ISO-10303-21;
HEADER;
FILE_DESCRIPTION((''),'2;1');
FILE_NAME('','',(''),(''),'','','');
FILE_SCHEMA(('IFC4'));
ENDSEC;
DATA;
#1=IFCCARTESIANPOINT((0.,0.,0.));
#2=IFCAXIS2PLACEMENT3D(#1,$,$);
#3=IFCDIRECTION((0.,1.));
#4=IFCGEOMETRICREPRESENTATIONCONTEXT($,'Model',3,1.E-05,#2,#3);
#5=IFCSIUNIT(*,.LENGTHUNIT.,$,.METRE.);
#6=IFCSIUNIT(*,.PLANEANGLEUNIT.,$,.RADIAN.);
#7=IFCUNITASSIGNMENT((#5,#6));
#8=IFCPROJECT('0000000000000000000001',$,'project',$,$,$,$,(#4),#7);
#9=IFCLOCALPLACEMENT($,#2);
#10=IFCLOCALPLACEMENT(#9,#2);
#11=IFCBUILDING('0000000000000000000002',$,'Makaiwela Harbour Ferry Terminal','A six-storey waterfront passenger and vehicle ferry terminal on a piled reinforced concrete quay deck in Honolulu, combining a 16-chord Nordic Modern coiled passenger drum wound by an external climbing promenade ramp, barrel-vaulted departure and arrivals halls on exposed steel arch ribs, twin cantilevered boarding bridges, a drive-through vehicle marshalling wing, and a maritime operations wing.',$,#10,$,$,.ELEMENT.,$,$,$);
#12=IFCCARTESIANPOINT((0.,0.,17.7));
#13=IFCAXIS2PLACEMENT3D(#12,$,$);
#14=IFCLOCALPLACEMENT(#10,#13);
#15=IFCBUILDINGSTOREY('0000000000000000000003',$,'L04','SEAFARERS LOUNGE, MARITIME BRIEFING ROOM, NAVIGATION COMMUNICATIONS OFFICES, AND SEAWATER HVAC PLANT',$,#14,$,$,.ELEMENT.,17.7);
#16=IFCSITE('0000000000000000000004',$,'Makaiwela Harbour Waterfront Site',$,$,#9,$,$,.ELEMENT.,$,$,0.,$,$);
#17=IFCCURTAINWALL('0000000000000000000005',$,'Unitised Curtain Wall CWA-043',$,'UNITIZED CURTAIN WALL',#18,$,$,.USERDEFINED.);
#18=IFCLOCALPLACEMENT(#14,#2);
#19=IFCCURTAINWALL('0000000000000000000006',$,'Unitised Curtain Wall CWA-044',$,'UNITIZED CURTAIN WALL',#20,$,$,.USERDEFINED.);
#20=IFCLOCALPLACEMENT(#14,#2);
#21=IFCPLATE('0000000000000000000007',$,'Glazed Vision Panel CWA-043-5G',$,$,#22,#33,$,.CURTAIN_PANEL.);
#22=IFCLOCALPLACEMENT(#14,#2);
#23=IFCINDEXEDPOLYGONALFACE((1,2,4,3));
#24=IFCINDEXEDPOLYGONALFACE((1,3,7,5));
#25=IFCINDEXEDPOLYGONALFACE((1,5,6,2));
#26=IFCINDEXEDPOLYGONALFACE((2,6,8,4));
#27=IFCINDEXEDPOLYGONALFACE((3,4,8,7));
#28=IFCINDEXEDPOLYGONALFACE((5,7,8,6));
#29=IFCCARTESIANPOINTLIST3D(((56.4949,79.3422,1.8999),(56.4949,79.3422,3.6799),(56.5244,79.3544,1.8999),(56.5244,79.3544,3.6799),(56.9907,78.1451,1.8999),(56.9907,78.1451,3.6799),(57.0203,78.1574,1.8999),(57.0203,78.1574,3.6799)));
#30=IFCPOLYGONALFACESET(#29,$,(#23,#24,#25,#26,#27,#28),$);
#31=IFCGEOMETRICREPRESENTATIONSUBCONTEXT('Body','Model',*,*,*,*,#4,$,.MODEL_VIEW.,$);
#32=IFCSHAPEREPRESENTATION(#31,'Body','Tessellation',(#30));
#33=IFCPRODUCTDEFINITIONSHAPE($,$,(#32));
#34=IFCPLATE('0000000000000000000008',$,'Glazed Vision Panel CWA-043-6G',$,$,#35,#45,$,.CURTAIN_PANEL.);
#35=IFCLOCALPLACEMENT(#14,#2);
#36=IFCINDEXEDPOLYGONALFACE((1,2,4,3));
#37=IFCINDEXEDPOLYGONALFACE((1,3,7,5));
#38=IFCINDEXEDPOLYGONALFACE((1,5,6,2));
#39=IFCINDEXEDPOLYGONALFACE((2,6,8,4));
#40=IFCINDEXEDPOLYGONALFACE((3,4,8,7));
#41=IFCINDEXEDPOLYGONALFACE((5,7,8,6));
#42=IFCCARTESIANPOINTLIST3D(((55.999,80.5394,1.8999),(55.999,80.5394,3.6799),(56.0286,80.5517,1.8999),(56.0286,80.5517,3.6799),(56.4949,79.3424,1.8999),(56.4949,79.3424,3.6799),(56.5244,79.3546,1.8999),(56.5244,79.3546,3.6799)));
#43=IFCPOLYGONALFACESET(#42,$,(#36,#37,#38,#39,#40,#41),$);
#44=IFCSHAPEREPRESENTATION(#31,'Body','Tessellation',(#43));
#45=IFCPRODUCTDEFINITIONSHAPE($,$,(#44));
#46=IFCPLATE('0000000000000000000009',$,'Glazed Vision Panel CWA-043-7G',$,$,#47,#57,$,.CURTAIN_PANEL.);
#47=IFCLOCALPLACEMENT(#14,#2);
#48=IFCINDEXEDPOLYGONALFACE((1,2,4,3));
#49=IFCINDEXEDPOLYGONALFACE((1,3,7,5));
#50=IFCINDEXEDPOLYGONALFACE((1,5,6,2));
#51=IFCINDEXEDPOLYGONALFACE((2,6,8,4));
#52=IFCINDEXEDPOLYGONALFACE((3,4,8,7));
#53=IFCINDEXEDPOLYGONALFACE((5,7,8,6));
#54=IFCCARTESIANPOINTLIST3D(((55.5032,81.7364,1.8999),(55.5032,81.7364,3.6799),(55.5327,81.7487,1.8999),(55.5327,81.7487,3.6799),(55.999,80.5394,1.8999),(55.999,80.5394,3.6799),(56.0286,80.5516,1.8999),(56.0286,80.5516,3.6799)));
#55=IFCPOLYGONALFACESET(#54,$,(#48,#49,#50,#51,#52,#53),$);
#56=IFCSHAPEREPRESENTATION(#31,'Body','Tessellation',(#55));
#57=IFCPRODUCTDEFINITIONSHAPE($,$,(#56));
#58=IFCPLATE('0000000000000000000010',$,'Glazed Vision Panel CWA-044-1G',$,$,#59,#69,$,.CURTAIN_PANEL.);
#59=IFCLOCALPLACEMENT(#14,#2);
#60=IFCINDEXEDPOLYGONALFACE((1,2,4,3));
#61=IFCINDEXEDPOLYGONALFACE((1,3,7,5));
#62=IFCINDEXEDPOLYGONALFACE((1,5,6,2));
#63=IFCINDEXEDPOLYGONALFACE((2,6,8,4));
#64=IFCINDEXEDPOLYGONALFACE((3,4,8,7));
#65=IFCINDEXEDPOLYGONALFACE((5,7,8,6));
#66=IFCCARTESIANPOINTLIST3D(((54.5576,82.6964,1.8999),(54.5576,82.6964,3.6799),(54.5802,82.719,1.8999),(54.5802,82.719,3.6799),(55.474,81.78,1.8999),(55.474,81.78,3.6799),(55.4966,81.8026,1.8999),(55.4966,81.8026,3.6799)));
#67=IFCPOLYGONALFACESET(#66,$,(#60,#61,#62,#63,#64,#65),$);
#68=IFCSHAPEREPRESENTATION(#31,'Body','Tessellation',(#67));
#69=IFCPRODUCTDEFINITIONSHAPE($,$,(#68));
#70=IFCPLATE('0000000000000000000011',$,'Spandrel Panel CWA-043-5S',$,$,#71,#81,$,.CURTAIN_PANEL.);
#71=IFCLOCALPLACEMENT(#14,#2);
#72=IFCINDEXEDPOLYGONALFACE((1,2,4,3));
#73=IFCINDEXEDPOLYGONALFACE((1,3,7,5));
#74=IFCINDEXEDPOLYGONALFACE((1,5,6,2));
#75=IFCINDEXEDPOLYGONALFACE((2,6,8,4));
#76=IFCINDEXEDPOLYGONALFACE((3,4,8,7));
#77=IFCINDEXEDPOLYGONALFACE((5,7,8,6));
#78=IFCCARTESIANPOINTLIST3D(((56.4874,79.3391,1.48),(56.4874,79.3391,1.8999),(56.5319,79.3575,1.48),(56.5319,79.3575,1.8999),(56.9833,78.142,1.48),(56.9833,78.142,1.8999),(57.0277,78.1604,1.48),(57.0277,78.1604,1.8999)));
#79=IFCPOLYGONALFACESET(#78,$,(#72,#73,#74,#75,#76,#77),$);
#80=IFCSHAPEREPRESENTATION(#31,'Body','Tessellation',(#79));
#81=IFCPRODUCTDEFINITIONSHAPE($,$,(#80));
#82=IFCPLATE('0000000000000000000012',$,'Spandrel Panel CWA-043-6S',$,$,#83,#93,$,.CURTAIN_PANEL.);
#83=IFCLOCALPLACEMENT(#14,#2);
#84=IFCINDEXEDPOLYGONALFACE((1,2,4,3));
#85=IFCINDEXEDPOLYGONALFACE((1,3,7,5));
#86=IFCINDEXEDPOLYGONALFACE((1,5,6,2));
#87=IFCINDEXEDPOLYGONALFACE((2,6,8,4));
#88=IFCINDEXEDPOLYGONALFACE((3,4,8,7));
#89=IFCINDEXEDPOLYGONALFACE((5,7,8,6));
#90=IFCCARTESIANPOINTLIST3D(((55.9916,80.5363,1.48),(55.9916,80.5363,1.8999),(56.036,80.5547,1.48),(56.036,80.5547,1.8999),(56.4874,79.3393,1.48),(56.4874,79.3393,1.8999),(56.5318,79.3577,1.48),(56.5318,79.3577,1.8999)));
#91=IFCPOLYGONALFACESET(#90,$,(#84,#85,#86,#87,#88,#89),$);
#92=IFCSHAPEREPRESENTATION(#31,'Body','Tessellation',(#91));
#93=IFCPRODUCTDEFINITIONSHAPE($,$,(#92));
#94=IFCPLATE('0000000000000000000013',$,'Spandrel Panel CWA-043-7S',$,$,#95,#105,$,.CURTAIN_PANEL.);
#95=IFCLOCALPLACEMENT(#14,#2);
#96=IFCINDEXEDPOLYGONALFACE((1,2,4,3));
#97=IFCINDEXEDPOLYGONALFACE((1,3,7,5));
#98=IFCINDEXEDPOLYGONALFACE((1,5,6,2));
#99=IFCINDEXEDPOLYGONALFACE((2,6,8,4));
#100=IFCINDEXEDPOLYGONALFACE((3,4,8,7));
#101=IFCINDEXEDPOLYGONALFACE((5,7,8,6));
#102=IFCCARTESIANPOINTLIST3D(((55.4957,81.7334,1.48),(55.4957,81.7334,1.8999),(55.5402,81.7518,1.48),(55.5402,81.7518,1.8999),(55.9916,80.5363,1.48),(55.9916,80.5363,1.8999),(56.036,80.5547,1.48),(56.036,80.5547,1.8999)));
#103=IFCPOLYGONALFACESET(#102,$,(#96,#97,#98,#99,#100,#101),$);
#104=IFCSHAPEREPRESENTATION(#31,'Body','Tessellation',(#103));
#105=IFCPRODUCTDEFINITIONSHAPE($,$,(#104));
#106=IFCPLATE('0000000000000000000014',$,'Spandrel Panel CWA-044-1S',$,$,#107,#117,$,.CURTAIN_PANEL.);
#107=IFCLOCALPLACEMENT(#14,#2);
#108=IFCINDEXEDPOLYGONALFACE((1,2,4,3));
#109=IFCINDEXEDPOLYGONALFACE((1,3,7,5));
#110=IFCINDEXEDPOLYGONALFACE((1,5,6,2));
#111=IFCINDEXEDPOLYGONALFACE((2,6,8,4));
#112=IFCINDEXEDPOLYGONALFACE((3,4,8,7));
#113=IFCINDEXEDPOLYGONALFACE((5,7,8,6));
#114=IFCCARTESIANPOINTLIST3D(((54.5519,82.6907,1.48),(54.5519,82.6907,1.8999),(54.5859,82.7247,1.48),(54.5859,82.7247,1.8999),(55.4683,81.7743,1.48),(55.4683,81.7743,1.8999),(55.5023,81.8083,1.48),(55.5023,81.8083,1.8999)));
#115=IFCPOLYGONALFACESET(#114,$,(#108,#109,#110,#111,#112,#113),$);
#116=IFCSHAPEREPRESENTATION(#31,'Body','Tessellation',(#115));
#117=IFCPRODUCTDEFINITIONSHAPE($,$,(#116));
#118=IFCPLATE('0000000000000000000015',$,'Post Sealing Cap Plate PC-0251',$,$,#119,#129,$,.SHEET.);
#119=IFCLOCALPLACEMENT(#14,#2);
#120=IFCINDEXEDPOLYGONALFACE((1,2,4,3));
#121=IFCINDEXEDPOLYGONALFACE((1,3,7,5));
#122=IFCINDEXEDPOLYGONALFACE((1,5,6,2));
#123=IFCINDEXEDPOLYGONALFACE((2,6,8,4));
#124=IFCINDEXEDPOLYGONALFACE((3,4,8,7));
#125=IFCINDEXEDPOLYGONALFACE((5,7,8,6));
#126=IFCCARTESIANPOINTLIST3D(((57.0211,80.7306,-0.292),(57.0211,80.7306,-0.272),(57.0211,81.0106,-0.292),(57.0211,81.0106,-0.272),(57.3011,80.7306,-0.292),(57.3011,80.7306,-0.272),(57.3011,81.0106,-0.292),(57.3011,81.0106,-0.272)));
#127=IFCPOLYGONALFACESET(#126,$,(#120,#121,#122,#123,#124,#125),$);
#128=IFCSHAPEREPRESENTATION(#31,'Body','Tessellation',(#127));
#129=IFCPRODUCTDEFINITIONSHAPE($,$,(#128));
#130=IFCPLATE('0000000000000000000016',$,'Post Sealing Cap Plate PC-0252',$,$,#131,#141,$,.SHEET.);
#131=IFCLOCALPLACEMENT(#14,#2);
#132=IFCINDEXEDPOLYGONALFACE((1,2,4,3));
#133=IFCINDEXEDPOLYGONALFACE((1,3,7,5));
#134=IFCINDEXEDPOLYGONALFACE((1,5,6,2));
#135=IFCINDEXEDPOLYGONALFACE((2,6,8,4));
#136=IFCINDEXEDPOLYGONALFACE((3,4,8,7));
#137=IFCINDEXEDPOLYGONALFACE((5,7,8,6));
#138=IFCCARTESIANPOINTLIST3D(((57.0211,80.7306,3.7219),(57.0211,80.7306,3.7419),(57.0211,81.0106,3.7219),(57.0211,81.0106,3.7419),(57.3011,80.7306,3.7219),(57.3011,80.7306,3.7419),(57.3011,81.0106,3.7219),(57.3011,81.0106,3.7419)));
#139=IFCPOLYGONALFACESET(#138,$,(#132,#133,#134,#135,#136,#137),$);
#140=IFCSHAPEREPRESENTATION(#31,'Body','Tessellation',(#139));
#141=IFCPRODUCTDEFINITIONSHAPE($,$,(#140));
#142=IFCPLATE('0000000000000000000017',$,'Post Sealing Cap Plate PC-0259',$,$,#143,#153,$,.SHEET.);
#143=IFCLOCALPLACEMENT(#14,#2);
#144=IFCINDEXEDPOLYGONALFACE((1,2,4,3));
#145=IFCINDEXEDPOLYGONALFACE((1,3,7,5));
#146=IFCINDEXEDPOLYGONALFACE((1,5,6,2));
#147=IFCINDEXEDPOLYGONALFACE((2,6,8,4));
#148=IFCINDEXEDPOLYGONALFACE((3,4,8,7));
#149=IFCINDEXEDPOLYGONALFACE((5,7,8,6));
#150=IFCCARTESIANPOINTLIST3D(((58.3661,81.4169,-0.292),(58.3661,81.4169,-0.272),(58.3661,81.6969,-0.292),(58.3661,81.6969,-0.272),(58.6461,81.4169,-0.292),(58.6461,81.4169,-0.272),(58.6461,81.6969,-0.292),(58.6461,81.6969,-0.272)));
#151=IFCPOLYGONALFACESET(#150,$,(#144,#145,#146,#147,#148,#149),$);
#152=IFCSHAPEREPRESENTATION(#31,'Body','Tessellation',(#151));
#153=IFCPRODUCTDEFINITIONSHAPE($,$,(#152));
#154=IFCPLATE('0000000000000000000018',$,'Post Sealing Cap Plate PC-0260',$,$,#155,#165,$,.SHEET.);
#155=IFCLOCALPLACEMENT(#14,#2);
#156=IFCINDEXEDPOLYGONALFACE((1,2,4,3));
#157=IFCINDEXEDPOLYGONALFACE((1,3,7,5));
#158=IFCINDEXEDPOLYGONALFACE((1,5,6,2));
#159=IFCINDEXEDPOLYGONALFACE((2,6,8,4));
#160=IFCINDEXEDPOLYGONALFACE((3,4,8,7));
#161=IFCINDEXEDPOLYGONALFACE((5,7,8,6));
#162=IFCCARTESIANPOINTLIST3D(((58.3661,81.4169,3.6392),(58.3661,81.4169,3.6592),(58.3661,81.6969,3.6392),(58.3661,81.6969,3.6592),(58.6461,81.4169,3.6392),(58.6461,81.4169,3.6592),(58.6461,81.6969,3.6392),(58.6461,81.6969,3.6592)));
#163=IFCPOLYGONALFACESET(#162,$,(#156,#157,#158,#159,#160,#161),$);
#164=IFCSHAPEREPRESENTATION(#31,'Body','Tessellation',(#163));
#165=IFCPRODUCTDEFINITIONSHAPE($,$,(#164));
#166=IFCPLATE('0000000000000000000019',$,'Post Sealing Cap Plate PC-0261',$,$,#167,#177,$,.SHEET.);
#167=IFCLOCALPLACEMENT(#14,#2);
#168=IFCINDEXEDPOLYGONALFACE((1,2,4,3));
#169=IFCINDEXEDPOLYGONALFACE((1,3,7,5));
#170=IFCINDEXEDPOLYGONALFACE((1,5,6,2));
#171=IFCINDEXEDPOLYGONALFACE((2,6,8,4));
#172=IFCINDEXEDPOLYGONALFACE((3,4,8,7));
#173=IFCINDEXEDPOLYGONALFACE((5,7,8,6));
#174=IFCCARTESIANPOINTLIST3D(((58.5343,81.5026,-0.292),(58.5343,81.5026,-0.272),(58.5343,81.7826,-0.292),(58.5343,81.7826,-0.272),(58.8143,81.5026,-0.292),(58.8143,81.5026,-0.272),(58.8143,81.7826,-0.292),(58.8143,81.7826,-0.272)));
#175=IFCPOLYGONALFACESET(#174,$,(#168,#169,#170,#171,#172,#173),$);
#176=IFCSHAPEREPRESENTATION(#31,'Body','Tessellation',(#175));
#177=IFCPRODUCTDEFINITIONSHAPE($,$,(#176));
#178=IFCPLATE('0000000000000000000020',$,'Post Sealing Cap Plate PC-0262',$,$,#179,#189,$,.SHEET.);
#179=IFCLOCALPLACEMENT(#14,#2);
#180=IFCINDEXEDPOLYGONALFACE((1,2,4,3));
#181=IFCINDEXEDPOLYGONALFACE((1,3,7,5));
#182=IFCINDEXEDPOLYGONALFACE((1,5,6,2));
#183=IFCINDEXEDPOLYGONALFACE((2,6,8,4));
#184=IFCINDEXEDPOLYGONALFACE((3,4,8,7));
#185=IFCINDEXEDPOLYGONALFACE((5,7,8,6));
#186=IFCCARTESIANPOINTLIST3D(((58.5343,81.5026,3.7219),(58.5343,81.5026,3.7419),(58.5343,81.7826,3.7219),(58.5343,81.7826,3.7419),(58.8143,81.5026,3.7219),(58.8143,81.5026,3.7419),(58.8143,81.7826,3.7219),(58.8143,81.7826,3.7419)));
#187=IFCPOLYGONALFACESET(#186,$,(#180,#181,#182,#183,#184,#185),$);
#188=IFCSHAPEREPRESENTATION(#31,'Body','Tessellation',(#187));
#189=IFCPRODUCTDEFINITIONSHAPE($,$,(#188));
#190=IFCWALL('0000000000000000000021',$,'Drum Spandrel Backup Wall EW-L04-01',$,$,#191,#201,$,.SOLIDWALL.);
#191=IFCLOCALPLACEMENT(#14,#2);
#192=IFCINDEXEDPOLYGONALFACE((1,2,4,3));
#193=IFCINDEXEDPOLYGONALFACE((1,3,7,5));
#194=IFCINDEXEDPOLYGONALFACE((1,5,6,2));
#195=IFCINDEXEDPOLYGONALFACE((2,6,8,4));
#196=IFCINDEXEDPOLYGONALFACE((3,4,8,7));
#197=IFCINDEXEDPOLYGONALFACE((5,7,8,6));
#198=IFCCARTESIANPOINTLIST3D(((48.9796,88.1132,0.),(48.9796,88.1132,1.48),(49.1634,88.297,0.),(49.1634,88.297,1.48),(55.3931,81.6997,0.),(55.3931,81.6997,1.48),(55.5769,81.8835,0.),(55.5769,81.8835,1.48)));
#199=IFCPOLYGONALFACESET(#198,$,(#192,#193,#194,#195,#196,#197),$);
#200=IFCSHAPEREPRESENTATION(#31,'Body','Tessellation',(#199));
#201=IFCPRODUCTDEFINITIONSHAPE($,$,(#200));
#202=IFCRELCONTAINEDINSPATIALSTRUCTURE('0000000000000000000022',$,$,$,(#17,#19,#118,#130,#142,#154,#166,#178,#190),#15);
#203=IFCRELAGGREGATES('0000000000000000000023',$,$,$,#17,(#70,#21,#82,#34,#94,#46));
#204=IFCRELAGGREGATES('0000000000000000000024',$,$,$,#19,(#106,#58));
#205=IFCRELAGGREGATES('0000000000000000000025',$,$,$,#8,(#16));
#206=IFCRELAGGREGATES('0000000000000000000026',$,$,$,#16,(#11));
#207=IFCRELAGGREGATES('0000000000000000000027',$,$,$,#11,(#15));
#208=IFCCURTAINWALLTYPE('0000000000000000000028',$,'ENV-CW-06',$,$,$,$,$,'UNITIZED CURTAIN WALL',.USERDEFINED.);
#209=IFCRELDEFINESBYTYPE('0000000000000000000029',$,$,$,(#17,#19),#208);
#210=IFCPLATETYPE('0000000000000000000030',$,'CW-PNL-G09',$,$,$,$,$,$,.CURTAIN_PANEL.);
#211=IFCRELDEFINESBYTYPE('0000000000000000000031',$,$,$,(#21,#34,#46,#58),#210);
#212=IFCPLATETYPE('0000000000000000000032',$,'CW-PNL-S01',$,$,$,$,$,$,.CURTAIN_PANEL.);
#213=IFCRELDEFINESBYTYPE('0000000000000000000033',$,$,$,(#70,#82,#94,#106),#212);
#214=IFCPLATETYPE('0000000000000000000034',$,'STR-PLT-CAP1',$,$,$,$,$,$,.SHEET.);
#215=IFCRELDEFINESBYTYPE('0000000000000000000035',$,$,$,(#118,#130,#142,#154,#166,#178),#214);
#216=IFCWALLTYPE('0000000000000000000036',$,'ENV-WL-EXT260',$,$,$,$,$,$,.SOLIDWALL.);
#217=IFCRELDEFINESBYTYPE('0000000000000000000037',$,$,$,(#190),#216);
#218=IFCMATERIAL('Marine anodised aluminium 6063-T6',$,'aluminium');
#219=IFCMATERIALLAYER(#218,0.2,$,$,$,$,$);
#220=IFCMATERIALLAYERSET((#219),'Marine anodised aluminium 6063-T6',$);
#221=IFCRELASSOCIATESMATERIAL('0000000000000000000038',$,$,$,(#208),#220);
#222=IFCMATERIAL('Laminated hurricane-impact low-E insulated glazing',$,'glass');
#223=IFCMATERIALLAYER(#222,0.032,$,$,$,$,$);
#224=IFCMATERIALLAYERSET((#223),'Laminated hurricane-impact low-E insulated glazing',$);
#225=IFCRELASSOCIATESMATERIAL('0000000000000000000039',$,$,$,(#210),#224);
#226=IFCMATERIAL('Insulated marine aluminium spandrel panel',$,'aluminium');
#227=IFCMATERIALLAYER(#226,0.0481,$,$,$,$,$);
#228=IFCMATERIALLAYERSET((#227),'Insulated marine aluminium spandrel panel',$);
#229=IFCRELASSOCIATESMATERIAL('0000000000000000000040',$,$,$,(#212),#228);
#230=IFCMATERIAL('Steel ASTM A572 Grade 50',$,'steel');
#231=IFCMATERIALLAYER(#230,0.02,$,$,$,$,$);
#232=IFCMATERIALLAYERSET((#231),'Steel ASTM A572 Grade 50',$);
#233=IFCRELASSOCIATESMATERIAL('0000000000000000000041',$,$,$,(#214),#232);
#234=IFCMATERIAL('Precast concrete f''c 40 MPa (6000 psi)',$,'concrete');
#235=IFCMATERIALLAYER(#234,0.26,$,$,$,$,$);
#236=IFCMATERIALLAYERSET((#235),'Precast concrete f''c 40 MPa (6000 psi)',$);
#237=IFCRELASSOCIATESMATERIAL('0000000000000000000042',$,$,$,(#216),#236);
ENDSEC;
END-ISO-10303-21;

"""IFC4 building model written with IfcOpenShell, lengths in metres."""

from ifc_helpers import new_model, si_unit, direction, frame, frame_2d, origin, origin_2d, place, context, subcontext, project, spatial, rectangle, extrude, material, layer, layer_set, type_object, element, aggregate, save


model = new_model("IFC4")

# Units and contexts
model_context = context("Model", 3, precision=1e-05, world=origin(), true_north=direction((0.0, 1.0)))
body_context = subcontext(model_context, "Body", "Model", "MODEL_VIEW")
ifc_project = project(units=[si_unit("LENGTHUNIT", "METRE"), si_unit("PLANEANGLEUNIT", "RADIAN")], contexts=[model_context])

# Site, building, storey
site_placement = place(None, origin())
site = spatial("IfcSite", under=ifc_project, at=site_placement, Name="Makaiwela Harbour Waterfront Site", CompositionType="ELEMENT", RefElevation=0.0)
building_placement = place(site_placement, origin())
building = spatial("IfcBuilding", under=site, at=building_placement, Name="Makaiwela Harbour Ferry Terminal", Description="A six-storey waterfront passenger and vehicle ferry terminal on a piled reinforced concrete quay deck in Honolulu, combining a 16-chord Nordic Modern coiled passenger drum wound by an external climbing promenade ramp, barrel-vaulted departure and arrivals halls on exposed steel arch ribs, twin cantilevered boarding bridges, a drive-through vehicle marshalling wing, and a maritime operations wing.", CompositionType="ELEMENT")
storey_placement = place(building_placement, frame((0.0, 0.0, 17.7)))
storey = spatial("IfcBuildingStorey", under=building, at=storey_placement, Name="L04", Description="SEAFARERS LOUNGE, MARITIME BRIEFING ROOM, NAVIGATION COMMUNICATIONS OFFICES, AND SEAWATER HVAC PLANT", CompositionType="ELEMENT", Elevation=17.7)

# Curtain wall
ifc_material_1 = material(Name="Marine anodised aluminium 6063-T6", Category="aluminium")
ifc_layer_1 = layer(ifc_material_1, 0.2)
ifc_layer_set_1 = layer_set([ifc_layer_1], Name="Marine anodised aluminium 6063-T6")
curtain_wall_type = type_object("IfcCurtainWallType", Name="ENV-CW-06", ElementType="UNITIZED CURTAIN WALL", PredefinedType="USERDEFINED", material=ifc_layer_set_1)
curtain_wall_1_placement = place(storey_placement, origin())
curtain_wall_1 = element("IfcCurtainWall", 1, at=curtain_wall_1_placement, inside=storey, type_object=curtain_wall_type, Name="Unitised Curtain Wall CWA-043", ObjectType="UNITIZED CURTAIN WALL", PredefinedType="USERDEFINED")

# Curtain wall
curtain_wall_2_placement = place(storey_placement, origin())
curtain_wall_2 = element("IfcCurtainWall", 2, at=curtain_wall_2_placement, inside=storey, type_object=curtain_wall_type, Name="Unitised Curtain Wall CWA-044", ObjectType="UNITIZED CURTAIN WALL", PredefinedType="USERDEFINED")

# Plates
ifc_material_2 = material(Name="Laminated hurricane-impact low-E insulated glazing", Category="glass")
ifc_layer_2 = layer(ifc_material_2, 0.032)
ifc_layer_set_2 = layer_set([ifc_layer_2], Name="Laminated hurricane-impact low-E insulated glazing")
plate_type_1 = type_object("IfcPlateType", Name="CW-PNL-G09", PredefinedType="CURTAIN_PANEL", material=ifc_layer_set_2)
plate_1_placement = place(storey_placement, frame((56.7576, 78.7498, 1.8999), z_axis=(0.0, 0.0, 1.0), x_axis=(-0.382683, 0.92388, 0.0)))
plate_1 = element("IfcPlate", 3, at=plate_1_placement, type_object=plate_type_1, Name="Glazed Vision Panel CWA-043-5G", PredefinedType="CURTAIN_PANEL", context=body_context, shape_type="SweptSolid", body=[
    extrude(rectangle(XDim=1.2957, YDim=0.032, at=origin_2d()), origin(), (0.0, 0.0, 1.0), 1.78),
])
plate_2_placement = place(storey_placement, frame((56.2617, 79.947, 1.8999), z_axis=(0.0, 0.0, 1.0), x_axis=(-0.382683, 0.92388, 0.0)))
plate_2 = element("IfcPlate", 4, at=plate_2_placement, type_object=plate_type_1, Name="Glazed Vision Panel CWA-043-6G", PredefinedType="CURTAIN_PANEL", context=body_context, shape_type="SweptSolid", body=[
    extrude(rectangle(XDim=1.2957, YDim=0.032, at=origin_2d()), origin(), (0.0, 0.0, 1.0), 1.78),
])
plate_3_placement = place(storey_placement, frame((55.7659, 81.144, 1.8999), z_axis=(0.0, 0.0, 1.0), x_axis=(-0.382683, 0.92388, 0.0)))
plate_3 = element("IfcPlate", 5, at=plate_3_placement, type_object=plate_type_1, Name="Glazed Vision Panel CWA-043-7G", PredefinedType="CURTAIN_PANEL", context=body_context, shape_type="SweptSolid", body=[
    extrude(rectangle(XDim=1.2957, YDim=0.032, at=origin_2d()), origin(), (0.0, 0.0, 1.0), 1.78),
])
plate_4_placement = place(storey_placement, frame((55.0271, 82.2495, 1.8999), z_axis=(0.0, 0.0, 1.0), x_axis=(-0.707107, 0.707107, 0.0)))
plate_4 = element("IfcPlate", 6, at=plate_4_placement, type_object=plate_type_1, Name="Glazed Vision Panel CWA-044-1G", PredefinedType="CURTAIN_PANEL", context=body_context, shape_type="SweptSolid", body=[
    extrude(rectangle(XDim=1.2959, YDim=0.032, at=origin_2d()), origin(), (0.0, 0.0, 1.0), 1.78),
])
ifc_material_3 = material(Name="Insulated marine aluminium spandrel panel", Category="aluminium")
ifc_layer_3 = layer(ifc_material_3, 0.0481)
ifc_layer_set_3 = layer_set([ifc_layer_3], Name="Insulated marine aluminium spandrel panel")
plate_type_2 = type_object("IfcPlateType", Name="CW-PNL-S01", PredefinedType="CURTAIN_PANEL", material=ifc_layer_set_3)
plate_5_placement = place(storey_placement, frame((56.7576, 78.7498, 1.48), z_axis=(0.0, 0.0, 1.0), x_axis=(-0.382683, 0.92388, 0.0)))
plate_5 = element("IfcPlate", 7, at=plate_5_placement, type_object=plate_type_2, Name="Spandrel Panel CWA-043-5S", PredefinedType="CURTAIN_PANEL", context=body_context, shape_type="SweptSolid", body=[
    extrude(rectangle(XDim=1.2957, YDim=0.0481, at=origin_2d()), origin(), (0.0, 0.0, 1.0), 0.4199),
])
plate_6_placement = place(storey_placement, frame((56.2617, 79.947, 1.48), z_axis=(0.0, 0.0, 1.0), x_axis=(-0.382683, 0.92388, 0.0)))
plate_6 = element("IfcPlate", 8, at=plate_6_placement, type_object=plate_type_2, Name="Spandrel Panel CWA-043-6S", PredefinedType="CURTAIN_PANEL", context=body_context, shape_type="SweptSolid", body=[
    extrude(rectangle(XDim=1.2957, YDim=0.0481, at=origin_2d()), origin(), (0.0, 0.0, 1.0), 0.4199),
])
plate_7_placement = place(storey_placement, frame((55.7659, 81.144, 1.48), z_axis=(0.0, 0.0, 1.0), x_axis=(-0.382683, 0.92388, 0.0)))
plate_7 = element("IfcPlate", 9, at=plate_7_placement, type_object=plate_type_2, Name="Spandrel Panel CWA-043-7S", PredefinedType="CURTAIN_PANEL", context=body_context, shape_type="SweptSolid", body=[
    extrude(rectangle(XDim=1.2957, YDim=0.0481, at=origin_2d()), origin(), (0.0, 0.0, 1.0), 0.4199),
])
aggregate(curtain_wall_1, [plate_5, plate_1, plate_6, plate_2, plate_7, plate_3])
plate_8_placement = place(storey_placement, frame((55.0271, 82.2495, 1.48), z_axis=(0.0, 0.0, 1.0), x_axis=(-0.707107, 0.707107, 0.0)))
plate_8 = element("IfcPlate", 10, at=plate_8_placement, type_object=plate_type_2, Name="Spandrel Panel CWA-044-1S", PredefinedType="CURTAIN_PANEL", context=body_context, shape_type="SweptSolid", body=[
    extrude(rectangle(XDim=1.2959, YDim=0.0481, at=origin_2d()), origin(), (0.0, 0.0, 1.0), 0.4199),
])
aggregate(curtain_wall_2, [plate_8, plate_4])

# Plates
ifc_material_4 = material(Name="Steel ASTM A572 Grade 50", Category="steel")
ifc_layer_4 = layer(ifc_material_4, 0.02)
ifc_layer_set_4 = layer_set([ifc_layer_4], Name="Steel ASTM A572 Grade 50")
plate_type_3 = type_object("IfcPlateType", Name="STR-PLT-CAP1", PredefinedType="SHEET", material=ifc_layer_set_4)
for number, where, z_axis, x_axis, name in (
    (11, (57.1611, 80.8706, -0.292), (0.0, 0.0, 1.0), (1.0, 0.0, 0.0), "Post Sealing Cap Plate PC-0251"),
    (12, (57.1611, 80.8706, 3.7219), (0.0, 0.0, 1.0), (1.0, 0.0, 0.0), "Post Sealing Cap Plate PC-0252"),
    (13, (58.5061, 81.5569, -0.292), (0.0, 0.0, 1.0), (1.0, 0.0, 0.0), "Post Sealing Cap Plate PC-0259"),
    (14, (58.5061, 81.5569, 3.6392), (0.0, 0.0, 1.0), (1.0, 0.0, 0.0), "Post Sealing Cap Plate PC-0260"),
    (15, (58.6743, 81.6426, -0.292), (0.0, 0.0, 1.0), (1.0, 0.0, 0.0), "Post Sealing Cap Plate PC-0261"),
    (16, (58.6743, 81.6426, 3.7219), (0.0, 0.0, 1.0), (1.0, 0.0, 0.0), "Post Sealing Cap Plate PC-0262"),
):
    element("IfcPlate", number, at=place(storey_placement, frame(where, z_axis=z_axis, x_axis=x_axis)), inside=storey, type_object=plate_type_3, Name=name, PredefinedType="SHEET", context=body_context, shape_type="SweptSolid", body=[
        extrude(rectangle(XDim=0.28, YDim=0.28, at=origin_2d()), origin(), (0.0, 0.0, 1.0), 0.02),
    ])

# Wall
ifc_material_5 = material(Name="Precast concrete f'c 40 MPa (6000 psi)", Category="concrete")
ifc_layer_5 = layer(ifc_material_5, 0.26)
ifc_layer_set_5 = layer_set([ifc_layer_5], Name="Precast concrete f'c 40 MPa (6000 psi)")
wall_type = type_object("IfcWallType", Name="ENV-WL-EXT260", PredefinedType="SOLIDWALL", material=ifc_layer_set_5)
wall_placement = place(storey_placement, frame((55.4851, 81.7915, 0.0), z_axis=(0.0, 0.0, 1.0), x_axis=(-0.707107, 0.707107, 0.0)))
element("IfcWall", 17, at=wall_placement, inside=storey, type_object=wall_type, Name="Drum Spandrel Backup Wall EW-L04-01", PredefinedType="SOLIDWALL", context=body_context, shape_type="SweptSolid", body=[
    extrude(rectangle(XDim=9.0701, YDim=0.26, at=frame_2d((4.5352, 0.0))), origin(), (0.0, 0.0, 1.0), 1.48),
])

save(model, "model.ifc")
